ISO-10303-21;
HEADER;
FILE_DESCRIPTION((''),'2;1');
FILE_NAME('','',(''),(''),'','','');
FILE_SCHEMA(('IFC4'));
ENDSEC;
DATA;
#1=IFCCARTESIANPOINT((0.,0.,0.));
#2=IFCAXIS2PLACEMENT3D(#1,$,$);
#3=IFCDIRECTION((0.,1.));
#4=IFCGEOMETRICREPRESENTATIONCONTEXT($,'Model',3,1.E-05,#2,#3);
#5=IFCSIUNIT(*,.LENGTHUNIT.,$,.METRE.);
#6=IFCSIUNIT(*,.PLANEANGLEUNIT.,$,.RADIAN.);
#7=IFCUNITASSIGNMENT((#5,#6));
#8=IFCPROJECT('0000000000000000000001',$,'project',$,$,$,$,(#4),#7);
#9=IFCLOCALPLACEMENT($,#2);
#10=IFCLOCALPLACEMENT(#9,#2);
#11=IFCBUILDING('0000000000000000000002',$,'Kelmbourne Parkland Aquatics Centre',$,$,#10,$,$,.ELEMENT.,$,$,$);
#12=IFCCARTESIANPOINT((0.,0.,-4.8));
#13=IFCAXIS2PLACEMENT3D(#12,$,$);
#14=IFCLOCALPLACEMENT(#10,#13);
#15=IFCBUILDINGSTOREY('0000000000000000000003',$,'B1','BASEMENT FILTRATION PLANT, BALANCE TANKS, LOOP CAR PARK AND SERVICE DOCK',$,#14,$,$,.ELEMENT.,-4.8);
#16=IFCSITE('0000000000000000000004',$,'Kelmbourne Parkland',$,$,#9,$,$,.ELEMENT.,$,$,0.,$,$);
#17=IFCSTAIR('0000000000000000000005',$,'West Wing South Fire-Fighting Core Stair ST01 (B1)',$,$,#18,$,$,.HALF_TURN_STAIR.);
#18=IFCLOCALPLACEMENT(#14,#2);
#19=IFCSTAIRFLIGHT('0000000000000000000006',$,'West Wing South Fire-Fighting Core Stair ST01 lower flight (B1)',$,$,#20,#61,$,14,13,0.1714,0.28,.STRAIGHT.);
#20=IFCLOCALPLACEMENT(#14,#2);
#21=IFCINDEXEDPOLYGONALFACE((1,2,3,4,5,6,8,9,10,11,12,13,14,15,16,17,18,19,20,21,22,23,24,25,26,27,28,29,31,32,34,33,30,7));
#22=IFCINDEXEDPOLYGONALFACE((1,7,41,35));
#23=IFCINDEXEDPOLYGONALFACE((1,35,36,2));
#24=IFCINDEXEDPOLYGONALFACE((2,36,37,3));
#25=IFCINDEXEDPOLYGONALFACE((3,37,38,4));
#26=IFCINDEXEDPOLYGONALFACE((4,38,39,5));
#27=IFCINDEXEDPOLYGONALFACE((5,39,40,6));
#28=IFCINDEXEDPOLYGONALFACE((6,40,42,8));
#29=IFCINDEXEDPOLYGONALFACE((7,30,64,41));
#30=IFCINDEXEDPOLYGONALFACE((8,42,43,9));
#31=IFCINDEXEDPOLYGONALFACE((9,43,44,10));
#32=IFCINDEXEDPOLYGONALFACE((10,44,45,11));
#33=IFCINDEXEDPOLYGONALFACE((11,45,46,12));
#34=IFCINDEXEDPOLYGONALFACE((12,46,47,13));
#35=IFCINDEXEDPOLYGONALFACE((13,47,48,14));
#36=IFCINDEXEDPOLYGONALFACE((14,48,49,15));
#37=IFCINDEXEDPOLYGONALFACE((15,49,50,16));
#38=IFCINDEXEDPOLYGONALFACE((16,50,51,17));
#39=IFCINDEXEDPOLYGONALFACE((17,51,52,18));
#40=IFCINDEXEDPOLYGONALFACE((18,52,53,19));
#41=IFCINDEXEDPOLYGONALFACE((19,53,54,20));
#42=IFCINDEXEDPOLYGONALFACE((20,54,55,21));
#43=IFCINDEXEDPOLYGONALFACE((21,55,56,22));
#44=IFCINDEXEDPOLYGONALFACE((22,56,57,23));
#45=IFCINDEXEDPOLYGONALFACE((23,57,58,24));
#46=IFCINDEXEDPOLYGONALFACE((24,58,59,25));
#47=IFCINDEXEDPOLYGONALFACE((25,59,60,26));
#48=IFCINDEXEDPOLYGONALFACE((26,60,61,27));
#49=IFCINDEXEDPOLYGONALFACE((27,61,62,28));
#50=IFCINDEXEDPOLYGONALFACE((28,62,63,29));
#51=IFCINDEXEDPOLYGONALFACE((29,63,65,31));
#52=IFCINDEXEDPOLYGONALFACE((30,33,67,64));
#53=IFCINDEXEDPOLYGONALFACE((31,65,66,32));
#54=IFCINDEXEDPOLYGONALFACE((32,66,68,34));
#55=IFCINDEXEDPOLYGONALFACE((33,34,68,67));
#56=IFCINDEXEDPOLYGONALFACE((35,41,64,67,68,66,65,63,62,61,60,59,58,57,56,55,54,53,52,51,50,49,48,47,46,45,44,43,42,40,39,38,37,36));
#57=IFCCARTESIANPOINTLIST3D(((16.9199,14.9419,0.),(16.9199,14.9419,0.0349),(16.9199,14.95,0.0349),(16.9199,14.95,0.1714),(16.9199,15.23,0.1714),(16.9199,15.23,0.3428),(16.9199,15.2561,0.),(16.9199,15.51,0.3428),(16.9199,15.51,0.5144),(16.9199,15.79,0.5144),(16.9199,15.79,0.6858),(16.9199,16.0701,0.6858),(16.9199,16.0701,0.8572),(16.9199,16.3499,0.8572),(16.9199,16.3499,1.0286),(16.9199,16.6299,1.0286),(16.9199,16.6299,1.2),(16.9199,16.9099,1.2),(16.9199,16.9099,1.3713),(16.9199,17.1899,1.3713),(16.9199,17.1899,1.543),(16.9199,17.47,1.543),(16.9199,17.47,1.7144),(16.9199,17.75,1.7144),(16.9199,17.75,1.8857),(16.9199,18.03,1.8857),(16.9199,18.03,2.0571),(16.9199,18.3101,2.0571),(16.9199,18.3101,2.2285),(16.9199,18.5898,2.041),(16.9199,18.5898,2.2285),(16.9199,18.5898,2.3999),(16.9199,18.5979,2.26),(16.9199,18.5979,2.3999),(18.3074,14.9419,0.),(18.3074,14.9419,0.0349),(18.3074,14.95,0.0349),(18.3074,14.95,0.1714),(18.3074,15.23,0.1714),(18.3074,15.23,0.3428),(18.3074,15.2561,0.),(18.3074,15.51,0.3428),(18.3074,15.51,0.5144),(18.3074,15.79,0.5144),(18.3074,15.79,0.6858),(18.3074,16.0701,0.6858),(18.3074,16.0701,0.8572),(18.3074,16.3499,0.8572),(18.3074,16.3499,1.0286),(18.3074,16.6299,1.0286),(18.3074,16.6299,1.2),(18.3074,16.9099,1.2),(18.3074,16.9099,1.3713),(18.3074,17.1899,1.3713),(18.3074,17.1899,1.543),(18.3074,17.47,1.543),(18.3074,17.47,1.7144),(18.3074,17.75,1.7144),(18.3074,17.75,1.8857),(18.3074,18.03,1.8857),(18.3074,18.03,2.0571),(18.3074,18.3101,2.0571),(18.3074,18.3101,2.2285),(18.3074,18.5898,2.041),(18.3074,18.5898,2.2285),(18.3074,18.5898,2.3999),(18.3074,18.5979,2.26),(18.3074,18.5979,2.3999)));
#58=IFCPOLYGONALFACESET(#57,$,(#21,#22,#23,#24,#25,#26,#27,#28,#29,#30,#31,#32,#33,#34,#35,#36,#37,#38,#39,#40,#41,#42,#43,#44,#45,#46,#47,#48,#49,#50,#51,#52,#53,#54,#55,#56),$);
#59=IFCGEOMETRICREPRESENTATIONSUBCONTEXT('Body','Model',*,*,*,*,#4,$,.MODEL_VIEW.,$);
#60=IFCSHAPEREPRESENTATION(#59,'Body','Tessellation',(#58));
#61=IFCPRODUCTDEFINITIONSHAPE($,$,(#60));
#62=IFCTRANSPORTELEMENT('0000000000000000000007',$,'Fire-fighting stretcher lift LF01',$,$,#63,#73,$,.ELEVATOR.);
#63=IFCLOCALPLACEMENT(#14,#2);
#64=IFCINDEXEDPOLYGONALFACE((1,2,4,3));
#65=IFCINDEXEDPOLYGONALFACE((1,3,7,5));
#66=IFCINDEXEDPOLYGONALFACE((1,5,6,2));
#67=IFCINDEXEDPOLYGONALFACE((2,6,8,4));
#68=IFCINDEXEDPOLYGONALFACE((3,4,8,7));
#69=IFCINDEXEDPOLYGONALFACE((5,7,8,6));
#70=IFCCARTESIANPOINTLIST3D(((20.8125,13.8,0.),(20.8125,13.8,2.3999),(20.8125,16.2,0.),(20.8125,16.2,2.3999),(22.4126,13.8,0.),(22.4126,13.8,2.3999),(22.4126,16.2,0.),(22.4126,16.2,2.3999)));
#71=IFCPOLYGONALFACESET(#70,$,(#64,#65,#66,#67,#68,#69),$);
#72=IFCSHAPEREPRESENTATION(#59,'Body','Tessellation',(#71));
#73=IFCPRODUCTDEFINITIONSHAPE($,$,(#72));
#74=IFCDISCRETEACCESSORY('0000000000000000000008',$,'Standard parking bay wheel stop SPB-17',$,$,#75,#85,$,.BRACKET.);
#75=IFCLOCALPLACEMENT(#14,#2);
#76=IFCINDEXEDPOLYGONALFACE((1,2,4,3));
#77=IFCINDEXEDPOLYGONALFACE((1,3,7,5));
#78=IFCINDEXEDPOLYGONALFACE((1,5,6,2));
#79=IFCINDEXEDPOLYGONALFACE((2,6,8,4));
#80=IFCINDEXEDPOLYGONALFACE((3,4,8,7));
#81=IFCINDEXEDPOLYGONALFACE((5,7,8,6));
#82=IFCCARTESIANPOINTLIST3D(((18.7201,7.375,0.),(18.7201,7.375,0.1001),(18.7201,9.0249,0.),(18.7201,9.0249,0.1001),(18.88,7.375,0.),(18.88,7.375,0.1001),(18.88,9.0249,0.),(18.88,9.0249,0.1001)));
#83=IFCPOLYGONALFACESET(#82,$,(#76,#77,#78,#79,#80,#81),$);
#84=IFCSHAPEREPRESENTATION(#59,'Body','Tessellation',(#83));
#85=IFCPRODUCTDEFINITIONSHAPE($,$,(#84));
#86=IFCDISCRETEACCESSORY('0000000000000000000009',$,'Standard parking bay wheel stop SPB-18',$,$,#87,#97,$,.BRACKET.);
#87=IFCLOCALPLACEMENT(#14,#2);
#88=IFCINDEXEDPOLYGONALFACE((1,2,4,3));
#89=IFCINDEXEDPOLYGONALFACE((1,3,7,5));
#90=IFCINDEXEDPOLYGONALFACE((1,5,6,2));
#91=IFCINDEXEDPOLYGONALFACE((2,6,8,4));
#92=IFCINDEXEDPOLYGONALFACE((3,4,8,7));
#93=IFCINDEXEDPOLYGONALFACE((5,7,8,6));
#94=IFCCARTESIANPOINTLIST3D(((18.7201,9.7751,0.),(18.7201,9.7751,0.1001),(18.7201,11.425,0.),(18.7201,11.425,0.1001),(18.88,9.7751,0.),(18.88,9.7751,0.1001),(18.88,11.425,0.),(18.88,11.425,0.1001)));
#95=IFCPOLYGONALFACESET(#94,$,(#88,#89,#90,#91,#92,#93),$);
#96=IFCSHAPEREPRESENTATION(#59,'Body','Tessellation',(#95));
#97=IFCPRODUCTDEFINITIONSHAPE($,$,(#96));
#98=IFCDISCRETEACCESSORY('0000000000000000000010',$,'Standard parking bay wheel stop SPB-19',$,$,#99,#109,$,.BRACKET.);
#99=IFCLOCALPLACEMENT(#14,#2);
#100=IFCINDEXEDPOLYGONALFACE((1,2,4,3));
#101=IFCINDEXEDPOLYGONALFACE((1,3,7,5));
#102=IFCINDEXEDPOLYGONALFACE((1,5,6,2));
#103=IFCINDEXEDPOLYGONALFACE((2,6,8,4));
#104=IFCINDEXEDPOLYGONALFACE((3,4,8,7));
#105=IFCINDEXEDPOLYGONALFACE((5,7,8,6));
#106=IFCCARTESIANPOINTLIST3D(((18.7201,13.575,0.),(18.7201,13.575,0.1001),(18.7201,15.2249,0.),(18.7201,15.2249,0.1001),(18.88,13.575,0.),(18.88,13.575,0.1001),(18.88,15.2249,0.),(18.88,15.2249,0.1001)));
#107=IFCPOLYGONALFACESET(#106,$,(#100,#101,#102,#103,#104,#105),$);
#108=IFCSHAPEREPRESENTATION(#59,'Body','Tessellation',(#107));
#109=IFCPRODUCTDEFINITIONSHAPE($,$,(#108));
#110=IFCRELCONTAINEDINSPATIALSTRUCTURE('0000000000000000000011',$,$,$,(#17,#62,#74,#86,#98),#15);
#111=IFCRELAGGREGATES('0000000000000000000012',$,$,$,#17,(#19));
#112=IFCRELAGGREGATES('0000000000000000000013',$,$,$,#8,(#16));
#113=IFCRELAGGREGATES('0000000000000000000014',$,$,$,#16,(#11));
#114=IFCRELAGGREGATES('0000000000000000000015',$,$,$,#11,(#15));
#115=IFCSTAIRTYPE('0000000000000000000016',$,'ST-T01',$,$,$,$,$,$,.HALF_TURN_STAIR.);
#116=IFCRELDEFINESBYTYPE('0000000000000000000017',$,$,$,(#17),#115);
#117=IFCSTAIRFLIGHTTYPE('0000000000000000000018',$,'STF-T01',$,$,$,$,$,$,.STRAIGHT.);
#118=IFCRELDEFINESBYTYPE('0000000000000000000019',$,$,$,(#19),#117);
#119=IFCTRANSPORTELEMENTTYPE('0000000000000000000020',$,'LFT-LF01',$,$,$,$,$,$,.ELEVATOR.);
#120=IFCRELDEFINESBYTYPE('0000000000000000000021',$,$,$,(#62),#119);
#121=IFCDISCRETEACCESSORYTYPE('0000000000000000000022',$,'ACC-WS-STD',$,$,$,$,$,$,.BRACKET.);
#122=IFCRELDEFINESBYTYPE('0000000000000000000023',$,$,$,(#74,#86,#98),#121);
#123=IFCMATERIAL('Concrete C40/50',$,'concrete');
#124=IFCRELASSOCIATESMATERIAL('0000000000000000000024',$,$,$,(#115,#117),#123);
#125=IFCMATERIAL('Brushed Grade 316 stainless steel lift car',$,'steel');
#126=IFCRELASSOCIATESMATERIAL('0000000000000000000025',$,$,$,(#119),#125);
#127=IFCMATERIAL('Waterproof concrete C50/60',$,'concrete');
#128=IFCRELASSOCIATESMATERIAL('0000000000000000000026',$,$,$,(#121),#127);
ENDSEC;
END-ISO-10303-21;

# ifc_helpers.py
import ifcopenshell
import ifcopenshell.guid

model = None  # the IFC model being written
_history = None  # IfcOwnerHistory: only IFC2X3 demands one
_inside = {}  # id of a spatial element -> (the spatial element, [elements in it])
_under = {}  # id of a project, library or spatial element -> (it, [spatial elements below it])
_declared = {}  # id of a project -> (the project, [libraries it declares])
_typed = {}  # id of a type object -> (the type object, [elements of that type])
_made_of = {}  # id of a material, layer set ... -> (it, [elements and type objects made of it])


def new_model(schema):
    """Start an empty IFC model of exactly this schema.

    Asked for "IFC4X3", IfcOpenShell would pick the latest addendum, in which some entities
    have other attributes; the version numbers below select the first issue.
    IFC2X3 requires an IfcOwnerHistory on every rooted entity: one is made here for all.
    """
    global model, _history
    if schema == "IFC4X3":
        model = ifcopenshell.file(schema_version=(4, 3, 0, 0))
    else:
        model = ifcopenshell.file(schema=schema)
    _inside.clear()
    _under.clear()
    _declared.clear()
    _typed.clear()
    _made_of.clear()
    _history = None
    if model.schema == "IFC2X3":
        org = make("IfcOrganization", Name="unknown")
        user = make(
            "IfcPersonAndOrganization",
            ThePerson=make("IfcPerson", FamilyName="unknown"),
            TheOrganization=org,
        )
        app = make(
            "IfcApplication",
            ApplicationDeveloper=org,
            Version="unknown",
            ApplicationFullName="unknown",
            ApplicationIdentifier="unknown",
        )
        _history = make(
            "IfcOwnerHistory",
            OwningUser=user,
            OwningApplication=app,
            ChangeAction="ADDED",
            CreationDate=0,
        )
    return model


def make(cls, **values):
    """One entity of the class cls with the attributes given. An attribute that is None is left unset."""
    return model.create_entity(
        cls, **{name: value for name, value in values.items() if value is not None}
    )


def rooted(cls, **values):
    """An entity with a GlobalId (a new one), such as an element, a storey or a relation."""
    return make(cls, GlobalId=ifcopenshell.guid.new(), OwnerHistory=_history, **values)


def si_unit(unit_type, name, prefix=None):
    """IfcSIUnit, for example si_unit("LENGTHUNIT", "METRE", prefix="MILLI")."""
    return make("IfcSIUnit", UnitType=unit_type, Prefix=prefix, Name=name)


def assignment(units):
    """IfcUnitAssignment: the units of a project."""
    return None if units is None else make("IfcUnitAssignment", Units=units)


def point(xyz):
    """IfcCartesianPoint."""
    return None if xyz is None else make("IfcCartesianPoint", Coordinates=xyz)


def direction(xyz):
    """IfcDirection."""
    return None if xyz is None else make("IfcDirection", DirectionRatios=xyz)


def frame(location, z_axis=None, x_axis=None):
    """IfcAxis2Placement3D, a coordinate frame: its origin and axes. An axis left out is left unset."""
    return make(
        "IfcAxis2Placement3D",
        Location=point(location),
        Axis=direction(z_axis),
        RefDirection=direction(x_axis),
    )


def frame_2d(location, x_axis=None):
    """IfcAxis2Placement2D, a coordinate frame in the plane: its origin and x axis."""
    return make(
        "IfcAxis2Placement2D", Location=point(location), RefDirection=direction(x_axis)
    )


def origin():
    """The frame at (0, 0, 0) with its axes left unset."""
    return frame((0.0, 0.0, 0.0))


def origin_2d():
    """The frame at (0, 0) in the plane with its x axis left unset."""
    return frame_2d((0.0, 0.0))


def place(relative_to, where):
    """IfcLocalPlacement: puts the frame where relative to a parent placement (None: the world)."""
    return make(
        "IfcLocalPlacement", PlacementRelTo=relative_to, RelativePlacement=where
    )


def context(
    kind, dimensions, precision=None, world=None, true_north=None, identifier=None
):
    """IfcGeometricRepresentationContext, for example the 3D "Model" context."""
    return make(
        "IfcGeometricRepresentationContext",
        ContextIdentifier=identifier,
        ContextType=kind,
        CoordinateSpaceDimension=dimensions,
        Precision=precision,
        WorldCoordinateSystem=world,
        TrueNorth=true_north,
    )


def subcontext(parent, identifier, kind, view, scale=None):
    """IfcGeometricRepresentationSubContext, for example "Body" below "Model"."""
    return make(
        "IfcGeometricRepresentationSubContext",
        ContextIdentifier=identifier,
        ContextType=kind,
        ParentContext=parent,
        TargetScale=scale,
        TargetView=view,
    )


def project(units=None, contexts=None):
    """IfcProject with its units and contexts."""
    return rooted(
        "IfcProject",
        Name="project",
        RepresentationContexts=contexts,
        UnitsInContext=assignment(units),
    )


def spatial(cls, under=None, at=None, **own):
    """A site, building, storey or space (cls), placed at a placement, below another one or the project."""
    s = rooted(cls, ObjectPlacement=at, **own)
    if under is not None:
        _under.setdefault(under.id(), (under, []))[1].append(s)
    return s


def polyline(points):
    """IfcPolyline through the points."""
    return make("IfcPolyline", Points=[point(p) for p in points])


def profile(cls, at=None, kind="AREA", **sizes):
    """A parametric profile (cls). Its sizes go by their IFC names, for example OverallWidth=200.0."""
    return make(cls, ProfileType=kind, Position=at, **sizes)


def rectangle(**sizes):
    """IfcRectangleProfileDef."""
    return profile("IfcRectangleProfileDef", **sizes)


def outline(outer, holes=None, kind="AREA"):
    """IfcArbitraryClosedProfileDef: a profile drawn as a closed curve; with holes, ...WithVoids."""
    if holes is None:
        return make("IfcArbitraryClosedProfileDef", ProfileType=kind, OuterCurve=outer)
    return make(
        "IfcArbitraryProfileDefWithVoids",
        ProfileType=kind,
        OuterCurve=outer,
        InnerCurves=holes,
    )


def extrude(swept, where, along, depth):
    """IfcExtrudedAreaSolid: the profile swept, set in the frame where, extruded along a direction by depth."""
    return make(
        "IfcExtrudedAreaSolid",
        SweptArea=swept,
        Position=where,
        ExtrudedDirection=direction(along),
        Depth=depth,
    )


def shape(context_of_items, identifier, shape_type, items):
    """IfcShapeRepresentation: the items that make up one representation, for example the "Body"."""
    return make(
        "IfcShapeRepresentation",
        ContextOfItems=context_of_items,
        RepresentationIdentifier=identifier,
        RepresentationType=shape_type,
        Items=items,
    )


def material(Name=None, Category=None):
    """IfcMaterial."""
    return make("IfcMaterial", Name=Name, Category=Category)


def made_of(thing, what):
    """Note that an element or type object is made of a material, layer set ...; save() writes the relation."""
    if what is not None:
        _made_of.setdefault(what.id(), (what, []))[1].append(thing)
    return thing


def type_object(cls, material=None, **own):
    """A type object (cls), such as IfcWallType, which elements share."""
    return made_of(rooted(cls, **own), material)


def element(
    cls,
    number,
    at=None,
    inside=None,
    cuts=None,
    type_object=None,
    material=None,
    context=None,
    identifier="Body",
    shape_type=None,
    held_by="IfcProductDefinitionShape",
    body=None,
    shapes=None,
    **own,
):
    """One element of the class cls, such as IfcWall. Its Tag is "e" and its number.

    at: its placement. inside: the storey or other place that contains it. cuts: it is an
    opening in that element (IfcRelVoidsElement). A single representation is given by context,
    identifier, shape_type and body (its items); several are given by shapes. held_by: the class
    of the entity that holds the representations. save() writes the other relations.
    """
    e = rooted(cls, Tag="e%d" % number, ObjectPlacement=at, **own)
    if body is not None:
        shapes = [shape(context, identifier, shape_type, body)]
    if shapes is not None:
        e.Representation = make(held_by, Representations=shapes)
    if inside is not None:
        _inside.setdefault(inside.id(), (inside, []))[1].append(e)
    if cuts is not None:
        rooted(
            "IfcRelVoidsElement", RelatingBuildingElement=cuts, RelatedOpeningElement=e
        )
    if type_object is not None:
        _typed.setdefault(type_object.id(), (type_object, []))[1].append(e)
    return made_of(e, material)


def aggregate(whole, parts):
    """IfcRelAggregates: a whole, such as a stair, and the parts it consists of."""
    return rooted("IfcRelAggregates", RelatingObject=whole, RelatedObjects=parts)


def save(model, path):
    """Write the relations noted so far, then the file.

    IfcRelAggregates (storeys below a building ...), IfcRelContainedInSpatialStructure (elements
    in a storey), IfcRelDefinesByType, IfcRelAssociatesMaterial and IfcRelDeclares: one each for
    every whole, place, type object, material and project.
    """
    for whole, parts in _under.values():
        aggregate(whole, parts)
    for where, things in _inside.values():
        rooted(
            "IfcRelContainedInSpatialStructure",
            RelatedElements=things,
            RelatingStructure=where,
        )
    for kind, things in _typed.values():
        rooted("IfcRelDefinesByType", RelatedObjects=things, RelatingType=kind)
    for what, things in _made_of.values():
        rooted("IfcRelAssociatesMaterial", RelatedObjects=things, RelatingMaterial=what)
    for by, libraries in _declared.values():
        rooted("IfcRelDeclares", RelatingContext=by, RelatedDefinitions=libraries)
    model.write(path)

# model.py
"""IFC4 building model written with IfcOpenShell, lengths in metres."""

from ifc_helpers import new_model, si_unit, direction, frame, origin, origin_2d, place, context, subcontext, project, spatial, polyline, rectangle, outline, extrude, material, type_object, element, aggregate, save


model = new_model("IFC4")

# Units and contexts
model_context = context("Model", 3, precision=1e-05, world=origin(), true_north=direction((0.0, 1.0)))
body_context = subcontext(model_context, "Body", "Model", "MODEL_VIEW")
ifc_project = project(units=[si_unit("LENGTHUNIT", "METRE"), si_unit("PLANEANGLEUNIT", "RADIAN")], contexts=[model_context])

# Site, building, storey
site_placement = place(None, origin())
site = spatial("IfcSite", under=ifc_project, at=site_placement, Name="Kelmbourne Parkland", CompositionType="ELEMENT", RefElevation=0.0)
building_placement = place(site_placement, origin())
building = spatial("IfcBuilding", under=site, at=building_placement, Name="Kelmbourne Parkland Aquatics Centre", CompositionType="ELEMENT")
storey_placement = place(building_placement, frame((0.0, 0.0, -4.8)))
storey = spatial("IfcBuildingStorey", under=building, at=storey_placement, Name="B1", Description="BASEMENT FILTRATION PLANT, BALANCE TANKS, LOOP CAR PARK AND SERVICE DOCK", CompositionType="ELEMENT", Elevation=-4.8)

# Shared definitions
ifc_material_1 = material(Name="Waterproof concrete C50/60", Category="concrete")

# Shared definitions
ifc_material_2 = material(Name="Concrete C40/50", Category="concrete")

# Stair, stair flight
stair_type = type_object("IfcStairType", Name="ST-T01", PredefinedType="HALF_TURN_STAIR", material=ifc_material_2)
stair_placement = place(storey_placement, origin())
stair = element("IfcStair", 1, at=stair_placement, inside=storey, type_object=stair_type, Name="West Wing South Fire-Fighting Core Stair ST01 (B1)", PredefinedType="HALF_TURN_STAIR")
stair_flight_type = type_object("IfcStairFlightType", Name="STF-T01", PredefinedType="STRAIGHT", material=ifc_material_2)
stair_flight_placement = place(storey_placement, frame((17.6138, 14.95, 0.0), z_axis=(0.0, 0.0, 1.0), x_axis=(0.0, 1.0, 0.0)))
stair_flight = element("IfcStairFlight", 2, at=stair_flight_placement, type_object=stair_flight_type, Name="West Wing South Fire-Fighting Core Stair ST01 lower flight (B1)", NumberOfRisers=14, NumberOfTreads=13, PredefinedType="STRAIGHT", RiserHeight=0.1714, TreadLength=0.28, context=body_context, shape_type="SweptSolid", body=[
    extrude(outline(polyline([(-0.0081, 0.0), (-0.0081, 0.0349), (0.0, 0.0349), (0.0, 0.1714), (0.28, 0.1714), (0.28, 0.3428), (0.5601, 0.3428), (0.5601, 0.5144), (0.8401, 0.5144), (0.8401, 0.6858), (1.1201, 0.6858), (1.1201, 0.8572), (1.3999, 0.8572), (1.3999, 1.0286), (1.6799, 1.0286), (1.6799, 1.2), (1.96, 1.2), (1.96, 1.3713), (2.24, 1.3713), (2.24, 1.543), (2.52, 1.543), (2.52, 1.7144), (2.8, 1.7144), (2.8, 1.8857), (3.0801, 1.8857), (3.0801, 2.0571), (3.3601, 2.0571), (3.3601, 2.2285), (3.6399, 2.2285), (3.6399, 2.3999), (3.6479, 2.3999), (3.6479, 2.26), (3.6399, 2.041), (0.3062, 0.0), (-0.0081, 0.0)])), frame((0.0, 0.6938, 0.0), z_axis=(0.0, -1.0, 0.0), x_axis=(1.0, 0.0, 0.0)), (0.0, 0.0, 1.0), 1.3875),
])
aggregate(stair, [stair_flight])

# Transport element
ifc_material_3 = material(Name="Brushed Grade 316 stainless steel lift car", Category="steel")
transport_element_type = type_object("IfcTransportElementType", Name="LFT-LF01", PredefinedType="ELEVATOR", material=ifc_material_3)
transport_element_placement = place(storey_placement, frame((21.6125, 15.0, 0.0), z_axis=(0.0, 0.0, 1.0), x_axis=(1.0, 0.0, 0.0)))
element("IfcTransportElement", 3, at=transport_element_placement, inside=storey, type_object=transport_element_type, Name="Fire-fighting stretcher lift LF01", PredefinedType="ELEVATOR", context=body_context, shape_type="SweptSolid", body=[
    extrude(rectangle(XDim=1.6001, YDim=2.3999, at=origin_2d()), origin(), (0.0, 0.0, 1.0), 2.3999),
])

# Discrete accessories
discrete_accessory_type = type_object("IfcDiscreteAccessoryType", Name="ACC-WS-STD", PredefinedType="BRACKET", material=ifc_material_1)
for number, where, z_axis, x_axis, name in (
    (4, (18.8, 8.2, 0.0), (0.0, 0.0, 1.0), (1.0, 0.0, 0.0), "Standard parking bay wheel stop SPB-17"),
    (5, (18.8, 10.6001, 0.0), (0.0, 0.0, 1.0), (1.0, 0.0, 0.0), "Standard parking bay wheel stop SPB-18"),
    (6, (18.8, 14.3999, 0.0), (0.0, 0.0, 1.0), (1.0, 0.0, 0.0), "Standard parking bay wheel stop SPB-19"),
):
    element("IfcDiscreteAccessory", number, at=place(storey_placement, frame(where, z_axis=z_axis, x_axis=x_axis)), inside=storey, type_object=discrete_accessory_type, Name=name, PredefinedType="BRACKET", context=body_context, shape_type="SweptSolid", body=[
        extrude(rectangle(XDim=0.1599, YDim=1.6499, at=origin_2d()), origin(), (0.0, 0.0, 1.0), 0.1001),
    ])

save(model, "model.ifc")
